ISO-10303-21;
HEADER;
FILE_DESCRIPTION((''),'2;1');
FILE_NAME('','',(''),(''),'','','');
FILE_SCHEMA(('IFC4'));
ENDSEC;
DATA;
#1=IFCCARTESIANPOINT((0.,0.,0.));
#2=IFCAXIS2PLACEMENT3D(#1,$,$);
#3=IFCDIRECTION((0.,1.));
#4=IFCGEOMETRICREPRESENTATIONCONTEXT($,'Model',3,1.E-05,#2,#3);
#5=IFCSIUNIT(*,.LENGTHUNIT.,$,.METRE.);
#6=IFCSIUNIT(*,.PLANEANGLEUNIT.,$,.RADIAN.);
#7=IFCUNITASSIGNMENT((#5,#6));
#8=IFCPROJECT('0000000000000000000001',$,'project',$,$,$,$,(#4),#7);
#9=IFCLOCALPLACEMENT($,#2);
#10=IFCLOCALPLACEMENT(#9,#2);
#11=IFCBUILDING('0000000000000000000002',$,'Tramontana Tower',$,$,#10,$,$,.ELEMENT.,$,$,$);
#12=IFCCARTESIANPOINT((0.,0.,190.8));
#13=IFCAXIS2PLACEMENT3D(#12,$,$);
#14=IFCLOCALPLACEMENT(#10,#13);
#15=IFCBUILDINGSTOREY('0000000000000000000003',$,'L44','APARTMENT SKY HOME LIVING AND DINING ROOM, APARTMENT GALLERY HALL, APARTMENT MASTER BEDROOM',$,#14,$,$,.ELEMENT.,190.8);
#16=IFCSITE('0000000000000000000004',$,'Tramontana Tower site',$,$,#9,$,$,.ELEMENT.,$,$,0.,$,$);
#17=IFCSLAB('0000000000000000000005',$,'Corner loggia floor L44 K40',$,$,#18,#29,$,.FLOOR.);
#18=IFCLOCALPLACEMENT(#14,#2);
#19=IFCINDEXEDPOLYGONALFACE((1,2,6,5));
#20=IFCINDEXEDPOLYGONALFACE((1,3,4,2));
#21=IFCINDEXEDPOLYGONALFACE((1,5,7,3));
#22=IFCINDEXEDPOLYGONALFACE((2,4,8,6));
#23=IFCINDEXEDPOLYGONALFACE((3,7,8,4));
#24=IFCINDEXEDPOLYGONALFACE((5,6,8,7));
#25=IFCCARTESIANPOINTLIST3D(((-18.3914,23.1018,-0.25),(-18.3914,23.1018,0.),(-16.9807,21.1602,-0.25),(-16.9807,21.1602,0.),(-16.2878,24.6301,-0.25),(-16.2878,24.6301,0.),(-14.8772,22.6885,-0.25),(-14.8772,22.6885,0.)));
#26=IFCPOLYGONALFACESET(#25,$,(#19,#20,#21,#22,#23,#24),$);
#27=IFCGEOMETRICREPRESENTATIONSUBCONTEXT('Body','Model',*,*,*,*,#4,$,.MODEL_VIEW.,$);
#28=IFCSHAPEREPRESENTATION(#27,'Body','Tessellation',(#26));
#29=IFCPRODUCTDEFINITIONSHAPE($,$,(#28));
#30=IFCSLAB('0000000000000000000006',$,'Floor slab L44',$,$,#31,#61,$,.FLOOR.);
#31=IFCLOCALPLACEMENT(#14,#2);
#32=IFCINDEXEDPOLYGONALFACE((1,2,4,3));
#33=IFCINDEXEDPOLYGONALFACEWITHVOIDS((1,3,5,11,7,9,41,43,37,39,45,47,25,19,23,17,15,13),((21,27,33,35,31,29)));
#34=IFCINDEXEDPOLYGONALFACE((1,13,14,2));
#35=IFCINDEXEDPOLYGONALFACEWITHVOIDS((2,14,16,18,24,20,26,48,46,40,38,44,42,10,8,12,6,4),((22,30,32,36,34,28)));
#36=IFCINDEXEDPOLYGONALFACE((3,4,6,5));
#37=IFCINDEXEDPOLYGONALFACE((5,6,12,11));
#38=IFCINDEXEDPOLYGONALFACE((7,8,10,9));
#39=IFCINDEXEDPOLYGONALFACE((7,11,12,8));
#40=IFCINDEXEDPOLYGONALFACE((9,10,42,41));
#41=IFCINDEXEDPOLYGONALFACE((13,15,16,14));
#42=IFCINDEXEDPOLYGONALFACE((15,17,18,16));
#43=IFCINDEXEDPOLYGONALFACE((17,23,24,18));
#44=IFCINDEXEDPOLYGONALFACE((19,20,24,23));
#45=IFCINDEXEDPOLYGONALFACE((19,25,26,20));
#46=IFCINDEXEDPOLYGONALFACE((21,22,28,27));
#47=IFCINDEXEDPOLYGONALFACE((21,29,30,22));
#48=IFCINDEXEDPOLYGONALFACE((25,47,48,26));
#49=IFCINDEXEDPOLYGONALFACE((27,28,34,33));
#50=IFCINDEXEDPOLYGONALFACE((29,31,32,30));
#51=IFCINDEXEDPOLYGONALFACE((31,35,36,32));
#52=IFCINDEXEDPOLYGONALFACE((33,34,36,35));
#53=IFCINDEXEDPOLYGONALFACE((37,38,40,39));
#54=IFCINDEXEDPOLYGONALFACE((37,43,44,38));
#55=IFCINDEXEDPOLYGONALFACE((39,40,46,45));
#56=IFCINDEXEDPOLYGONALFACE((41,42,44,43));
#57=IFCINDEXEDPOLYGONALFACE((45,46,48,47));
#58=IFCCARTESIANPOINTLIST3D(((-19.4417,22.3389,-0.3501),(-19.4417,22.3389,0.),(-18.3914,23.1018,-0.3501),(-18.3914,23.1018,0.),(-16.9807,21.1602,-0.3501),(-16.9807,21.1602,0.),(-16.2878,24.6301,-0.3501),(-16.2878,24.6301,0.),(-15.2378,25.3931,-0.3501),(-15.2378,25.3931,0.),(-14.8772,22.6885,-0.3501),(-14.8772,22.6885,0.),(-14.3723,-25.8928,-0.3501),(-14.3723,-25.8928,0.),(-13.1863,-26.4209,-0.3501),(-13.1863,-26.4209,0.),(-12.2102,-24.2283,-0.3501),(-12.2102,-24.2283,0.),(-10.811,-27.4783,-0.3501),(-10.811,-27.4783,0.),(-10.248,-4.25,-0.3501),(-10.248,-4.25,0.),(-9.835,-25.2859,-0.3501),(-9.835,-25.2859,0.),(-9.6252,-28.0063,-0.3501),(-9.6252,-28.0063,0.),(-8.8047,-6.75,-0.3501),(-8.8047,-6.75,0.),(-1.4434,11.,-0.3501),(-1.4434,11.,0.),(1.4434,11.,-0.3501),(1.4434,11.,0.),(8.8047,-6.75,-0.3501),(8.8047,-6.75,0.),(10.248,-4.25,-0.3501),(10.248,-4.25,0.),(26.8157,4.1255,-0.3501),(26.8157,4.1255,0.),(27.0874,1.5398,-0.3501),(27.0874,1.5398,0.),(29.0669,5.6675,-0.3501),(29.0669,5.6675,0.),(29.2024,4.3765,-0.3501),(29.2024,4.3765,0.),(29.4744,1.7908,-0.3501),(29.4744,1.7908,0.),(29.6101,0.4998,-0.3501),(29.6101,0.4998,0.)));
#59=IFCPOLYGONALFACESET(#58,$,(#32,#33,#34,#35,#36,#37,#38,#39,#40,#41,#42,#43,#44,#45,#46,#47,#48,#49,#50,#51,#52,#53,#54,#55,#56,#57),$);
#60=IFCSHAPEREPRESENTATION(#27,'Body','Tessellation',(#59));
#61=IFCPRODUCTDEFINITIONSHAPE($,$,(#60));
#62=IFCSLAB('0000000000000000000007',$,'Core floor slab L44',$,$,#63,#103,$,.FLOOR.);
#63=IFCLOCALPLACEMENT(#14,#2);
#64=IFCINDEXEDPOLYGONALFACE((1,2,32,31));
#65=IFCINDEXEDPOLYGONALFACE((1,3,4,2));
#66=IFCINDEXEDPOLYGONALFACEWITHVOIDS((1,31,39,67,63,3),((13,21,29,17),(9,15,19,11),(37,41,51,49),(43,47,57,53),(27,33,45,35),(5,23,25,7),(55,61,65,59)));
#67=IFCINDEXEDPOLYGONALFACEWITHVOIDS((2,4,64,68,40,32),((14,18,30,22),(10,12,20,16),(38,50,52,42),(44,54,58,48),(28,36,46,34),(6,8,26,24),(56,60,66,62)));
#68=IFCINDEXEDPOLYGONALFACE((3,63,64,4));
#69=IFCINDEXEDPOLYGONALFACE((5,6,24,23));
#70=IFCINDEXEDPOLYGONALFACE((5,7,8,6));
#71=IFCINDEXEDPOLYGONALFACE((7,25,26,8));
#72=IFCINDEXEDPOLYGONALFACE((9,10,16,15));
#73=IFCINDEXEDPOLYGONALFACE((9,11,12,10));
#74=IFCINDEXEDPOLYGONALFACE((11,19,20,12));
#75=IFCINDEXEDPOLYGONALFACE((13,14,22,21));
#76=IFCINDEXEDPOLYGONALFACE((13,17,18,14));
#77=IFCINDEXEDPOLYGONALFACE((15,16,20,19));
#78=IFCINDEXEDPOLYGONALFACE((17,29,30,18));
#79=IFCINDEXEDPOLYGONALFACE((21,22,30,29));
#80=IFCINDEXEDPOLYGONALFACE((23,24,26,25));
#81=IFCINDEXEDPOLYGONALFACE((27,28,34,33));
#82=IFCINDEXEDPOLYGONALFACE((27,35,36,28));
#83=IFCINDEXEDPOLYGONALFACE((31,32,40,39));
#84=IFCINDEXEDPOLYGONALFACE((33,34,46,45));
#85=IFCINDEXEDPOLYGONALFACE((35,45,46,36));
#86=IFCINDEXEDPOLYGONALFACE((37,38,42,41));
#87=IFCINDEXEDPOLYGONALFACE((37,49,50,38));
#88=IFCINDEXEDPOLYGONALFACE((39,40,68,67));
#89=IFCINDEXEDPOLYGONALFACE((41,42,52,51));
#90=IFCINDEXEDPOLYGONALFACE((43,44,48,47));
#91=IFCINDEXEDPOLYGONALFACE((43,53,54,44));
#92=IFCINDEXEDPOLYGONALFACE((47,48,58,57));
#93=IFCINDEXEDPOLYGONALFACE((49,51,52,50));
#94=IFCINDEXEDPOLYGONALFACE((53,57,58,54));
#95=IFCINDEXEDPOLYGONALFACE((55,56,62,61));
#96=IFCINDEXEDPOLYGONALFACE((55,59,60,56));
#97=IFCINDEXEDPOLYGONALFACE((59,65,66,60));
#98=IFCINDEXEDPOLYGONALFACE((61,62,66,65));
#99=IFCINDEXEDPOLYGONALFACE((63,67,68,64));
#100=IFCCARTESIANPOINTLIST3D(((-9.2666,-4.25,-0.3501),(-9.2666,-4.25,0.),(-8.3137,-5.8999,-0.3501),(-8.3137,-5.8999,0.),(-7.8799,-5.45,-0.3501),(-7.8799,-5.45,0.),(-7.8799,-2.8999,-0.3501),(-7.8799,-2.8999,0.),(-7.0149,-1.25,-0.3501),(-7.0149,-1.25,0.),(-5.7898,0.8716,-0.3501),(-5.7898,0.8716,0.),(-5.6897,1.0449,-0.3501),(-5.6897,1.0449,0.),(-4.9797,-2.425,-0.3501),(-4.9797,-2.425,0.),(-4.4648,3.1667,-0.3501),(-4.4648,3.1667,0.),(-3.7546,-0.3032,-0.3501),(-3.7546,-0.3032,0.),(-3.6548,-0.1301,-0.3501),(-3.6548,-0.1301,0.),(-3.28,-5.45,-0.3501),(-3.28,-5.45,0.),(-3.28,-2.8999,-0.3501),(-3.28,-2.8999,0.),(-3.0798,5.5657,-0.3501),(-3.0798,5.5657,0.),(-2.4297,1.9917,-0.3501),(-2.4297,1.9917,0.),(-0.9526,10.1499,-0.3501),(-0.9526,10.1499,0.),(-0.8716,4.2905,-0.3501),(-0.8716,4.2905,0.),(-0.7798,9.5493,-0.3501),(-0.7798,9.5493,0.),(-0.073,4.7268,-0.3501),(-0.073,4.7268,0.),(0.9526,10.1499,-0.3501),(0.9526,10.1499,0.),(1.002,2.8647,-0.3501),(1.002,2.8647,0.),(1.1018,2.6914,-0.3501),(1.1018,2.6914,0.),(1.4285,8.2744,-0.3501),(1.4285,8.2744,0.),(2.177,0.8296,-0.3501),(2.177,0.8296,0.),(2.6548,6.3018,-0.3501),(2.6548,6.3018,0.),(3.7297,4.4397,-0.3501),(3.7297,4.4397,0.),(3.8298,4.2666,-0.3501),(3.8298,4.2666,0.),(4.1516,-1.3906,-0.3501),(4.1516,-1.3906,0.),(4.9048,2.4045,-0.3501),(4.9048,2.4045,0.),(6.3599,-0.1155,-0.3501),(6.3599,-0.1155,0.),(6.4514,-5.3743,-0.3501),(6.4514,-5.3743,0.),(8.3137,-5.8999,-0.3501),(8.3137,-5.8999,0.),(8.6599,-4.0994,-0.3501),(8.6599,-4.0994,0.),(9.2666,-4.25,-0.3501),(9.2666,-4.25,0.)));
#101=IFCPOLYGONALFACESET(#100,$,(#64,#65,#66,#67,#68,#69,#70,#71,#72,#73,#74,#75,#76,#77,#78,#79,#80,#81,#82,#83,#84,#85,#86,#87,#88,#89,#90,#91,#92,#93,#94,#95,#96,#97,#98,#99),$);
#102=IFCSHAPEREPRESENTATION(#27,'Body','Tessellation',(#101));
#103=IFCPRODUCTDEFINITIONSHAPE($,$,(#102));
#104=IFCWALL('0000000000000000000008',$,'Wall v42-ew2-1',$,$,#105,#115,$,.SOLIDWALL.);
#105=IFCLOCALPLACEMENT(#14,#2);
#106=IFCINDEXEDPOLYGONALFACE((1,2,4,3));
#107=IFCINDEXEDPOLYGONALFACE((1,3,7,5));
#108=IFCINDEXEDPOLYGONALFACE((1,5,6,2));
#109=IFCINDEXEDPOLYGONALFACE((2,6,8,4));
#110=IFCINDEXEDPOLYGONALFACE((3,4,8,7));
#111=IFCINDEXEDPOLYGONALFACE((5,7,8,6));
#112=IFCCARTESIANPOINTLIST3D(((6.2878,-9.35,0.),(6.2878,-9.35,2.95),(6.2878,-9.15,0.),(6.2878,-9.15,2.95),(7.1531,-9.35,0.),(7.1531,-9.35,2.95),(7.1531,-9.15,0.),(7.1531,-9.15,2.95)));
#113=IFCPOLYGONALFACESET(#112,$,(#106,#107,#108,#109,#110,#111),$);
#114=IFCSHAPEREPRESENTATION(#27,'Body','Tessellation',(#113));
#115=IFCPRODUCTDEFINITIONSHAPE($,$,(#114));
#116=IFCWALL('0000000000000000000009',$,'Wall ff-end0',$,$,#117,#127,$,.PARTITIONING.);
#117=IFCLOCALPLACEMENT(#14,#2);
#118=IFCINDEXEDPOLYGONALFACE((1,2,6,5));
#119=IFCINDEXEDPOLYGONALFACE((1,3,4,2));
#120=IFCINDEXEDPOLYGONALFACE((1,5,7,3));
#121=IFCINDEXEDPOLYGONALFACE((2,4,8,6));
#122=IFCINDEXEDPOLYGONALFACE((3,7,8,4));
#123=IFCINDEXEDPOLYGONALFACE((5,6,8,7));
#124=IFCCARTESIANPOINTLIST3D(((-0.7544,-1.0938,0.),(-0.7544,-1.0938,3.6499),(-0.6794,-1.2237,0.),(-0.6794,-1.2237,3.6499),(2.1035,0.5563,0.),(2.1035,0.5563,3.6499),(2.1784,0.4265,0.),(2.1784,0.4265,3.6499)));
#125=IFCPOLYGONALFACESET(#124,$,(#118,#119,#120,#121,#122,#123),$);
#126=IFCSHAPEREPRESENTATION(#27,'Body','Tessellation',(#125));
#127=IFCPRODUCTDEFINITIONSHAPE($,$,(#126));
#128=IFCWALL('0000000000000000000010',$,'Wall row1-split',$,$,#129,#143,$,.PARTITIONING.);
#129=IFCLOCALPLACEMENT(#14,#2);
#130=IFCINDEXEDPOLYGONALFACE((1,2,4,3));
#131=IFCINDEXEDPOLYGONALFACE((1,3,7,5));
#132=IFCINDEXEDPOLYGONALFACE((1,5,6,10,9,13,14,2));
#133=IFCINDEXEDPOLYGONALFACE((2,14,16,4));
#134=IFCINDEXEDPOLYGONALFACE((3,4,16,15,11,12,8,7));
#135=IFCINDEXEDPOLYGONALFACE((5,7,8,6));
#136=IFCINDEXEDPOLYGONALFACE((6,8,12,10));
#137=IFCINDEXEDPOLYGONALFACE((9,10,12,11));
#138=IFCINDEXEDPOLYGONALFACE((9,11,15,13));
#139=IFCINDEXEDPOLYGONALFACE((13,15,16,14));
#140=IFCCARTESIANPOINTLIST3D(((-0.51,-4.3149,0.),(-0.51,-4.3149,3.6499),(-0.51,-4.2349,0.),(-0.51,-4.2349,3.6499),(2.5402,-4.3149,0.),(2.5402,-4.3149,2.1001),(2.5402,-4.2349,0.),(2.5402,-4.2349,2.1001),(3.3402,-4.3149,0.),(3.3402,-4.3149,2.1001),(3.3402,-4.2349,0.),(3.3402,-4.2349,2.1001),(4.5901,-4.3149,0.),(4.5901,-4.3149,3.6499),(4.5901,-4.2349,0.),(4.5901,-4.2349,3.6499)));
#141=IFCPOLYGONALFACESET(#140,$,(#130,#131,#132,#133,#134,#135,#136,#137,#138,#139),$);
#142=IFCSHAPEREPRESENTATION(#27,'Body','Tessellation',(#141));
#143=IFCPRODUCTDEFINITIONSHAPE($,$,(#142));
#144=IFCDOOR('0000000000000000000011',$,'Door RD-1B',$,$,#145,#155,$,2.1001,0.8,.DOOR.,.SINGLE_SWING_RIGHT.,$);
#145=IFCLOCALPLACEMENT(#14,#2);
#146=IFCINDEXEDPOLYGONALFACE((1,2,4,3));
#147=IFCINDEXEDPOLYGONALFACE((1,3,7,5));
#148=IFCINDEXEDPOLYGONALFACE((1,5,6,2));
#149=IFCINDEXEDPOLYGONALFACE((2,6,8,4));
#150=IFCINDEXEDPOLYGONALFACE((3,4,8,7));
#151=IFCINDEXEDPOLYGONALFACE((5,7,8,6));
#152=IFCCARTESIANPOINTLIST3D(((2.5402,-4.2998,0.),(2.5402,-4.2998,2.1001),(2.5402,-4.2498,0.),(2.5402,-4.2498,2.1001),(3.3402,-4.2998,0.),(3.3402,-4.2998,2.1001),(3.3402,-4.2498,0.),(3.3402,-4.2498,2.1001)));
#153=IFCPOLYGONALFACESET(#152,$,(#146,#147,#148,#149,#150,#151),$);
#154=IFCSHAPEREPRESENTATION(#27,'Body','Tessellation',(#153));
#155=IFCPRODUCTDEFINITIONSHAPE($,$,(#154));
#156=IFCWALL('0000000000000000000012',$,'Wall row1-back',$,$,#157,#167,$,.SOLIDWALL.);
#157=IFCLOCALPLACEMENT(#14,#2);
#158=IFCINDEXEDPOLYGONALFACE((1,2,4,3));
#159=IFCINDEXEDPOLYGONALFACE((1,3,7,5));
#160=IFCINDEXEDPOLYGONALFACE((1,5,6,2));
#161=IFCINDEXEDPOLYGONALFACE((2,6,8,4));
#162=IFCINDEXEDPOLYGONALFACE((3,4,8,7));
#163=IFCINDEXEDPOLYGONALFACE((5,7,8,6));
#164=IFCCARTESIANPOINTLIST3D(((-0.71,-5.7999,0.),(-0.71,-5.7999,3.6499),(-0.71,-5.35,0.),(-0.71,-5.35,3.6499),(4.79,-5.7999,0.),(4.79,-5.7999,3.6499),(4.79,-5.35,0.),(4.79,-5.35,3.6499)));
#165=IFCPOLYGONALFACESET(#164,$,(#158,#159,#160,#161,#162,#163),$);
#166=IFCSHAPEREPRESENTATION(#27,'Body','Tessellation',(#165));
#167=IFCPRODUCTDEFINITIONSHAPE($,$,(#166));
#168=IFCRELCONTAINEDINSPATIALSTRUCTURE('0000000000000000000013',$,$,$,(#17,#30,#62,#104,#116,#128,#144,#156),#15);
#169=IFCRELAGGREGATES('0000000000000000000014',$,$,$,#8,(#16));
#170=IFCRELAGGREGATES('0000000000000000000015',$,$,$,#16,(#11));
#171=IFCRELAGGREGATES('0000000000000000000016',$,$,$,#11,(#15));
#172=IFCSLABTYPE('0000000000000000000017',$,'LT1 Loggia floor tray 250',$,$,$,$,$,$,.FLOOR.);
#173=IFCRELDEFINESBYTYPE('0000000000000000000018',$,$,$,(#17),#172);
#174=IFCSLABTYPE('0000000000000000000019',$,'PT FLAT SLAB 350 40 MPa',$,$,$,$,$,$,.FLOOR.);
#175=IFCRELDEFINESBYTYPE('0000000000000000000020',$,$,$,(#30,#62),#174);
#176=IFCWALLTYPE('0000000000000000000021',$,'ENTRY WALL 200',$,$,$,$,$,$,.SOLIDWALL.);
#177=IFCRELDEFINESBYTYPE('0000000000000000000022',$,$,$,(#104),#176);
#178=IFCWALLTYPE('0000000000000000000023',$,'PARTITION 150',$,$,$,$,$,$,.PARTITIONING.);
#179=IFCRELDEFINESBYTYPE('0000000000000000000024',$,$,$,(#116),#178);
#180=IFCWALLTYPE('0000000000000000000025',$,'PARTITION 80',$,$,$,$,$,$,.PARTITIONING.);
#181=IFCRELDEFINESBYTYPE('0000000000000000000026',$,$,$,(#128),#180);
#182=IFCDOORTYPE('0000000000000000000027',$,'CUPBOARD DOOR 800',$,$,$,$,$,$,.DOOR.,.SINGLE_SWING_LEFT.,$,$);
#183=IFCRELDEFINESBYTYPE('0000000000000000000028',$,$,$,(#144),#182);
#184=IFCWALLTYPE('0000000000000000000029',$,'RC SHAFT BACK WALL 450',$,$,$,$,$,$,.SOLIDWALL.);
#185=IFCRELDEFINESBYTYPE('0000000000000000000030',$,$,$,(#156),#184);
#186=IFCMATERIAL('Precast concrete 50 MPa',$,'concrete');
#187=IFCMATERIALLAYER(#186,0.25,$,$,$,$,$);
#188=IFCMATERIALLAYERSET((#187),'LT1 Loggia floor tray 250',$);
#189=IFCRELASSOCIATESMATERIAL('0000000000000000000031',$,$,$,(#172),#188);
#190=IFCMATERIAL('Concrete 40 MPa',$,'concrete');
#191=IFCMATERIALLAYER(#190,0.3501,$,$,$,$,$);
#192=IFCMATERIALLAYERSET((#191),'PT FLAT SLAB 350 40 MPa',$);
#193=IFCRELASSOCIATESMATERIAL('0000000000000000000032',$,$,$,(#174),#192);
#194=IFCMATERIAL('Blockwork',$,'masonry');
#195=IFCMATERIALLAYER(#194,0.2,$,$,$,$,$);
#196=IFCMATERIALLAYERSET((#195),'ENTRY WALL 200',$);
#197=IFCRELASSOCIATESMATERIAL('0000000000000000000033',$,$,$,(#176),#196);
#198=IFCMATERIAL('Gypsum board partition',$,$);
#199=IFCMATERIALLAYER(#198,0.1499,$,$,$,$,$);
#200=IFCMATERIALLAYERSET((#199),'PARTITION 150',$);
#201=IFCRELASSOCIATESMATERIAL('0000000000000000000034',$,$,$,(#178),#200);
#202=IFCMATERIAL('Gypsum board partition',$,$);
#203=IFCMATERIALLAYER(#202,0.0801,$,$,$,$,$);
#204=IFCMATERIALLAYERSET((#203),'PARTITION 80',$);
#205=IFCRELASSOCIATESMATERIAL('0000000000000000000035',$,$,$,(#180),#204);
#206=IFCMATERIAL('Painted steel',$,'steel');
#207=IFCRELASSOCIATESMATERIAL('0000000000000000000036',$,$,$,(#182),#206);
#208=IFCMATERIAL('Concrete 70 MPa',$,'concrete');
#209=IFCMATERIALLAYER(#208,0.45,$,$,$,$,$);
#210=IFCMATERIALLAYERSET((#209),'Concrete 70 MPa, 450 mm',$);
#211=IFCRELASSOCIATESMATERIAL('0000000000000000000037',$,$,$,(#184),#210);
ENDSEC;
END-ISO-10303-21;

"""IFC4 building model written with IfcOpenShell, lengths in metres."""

from ifc_helpers import new_model, si_unit, direction, frame, frame_2d, origin, place, context, subcontext, project, spatial, polyline, rectangle, outline, extrude, material, layer, layer_set, type_object, element, fill, save


model = new_model("IFC4")

# Units and contexts
model_context = context("Model", 3, precision=1e-05, world=origin(), true_north=direction((0.0, 1.0)))
body_context = subcontext(model_context, "Body", "Model", "MODEL_VIEW")
ifc_project = project(units=[si_unit("LENGTHUNIT", "METRE"), si_unit("PLANEANGLEUNIT", "RADIAN")], contexts=[model_context])

# Site, building, storey
site_placement = place(None, origin())
site = spatial("IfcSite", under=ifc_project, at=site_placement, Name="Tramontana Tower site", CompositionType="ELEMENT", RefElevation=0.0)
building_placement = place(site_placement, origin())
building = spatial("IfcBuilding", under=site, at=building_placement, Name="Tramontana Tower", CompositionType="ELEMENT")
storey_placement = place(building_placement, frame((0.0, 0.0, 190.8)))
storey = spatial("IfcBuildingStorey", under=building, at=storey_placement, Name="L44", Description="APARTMENT SKY HOME LIVING AND DINING ROOM, APARTMENT GALLERY HALL, APARTMENT MASTER BEDROOM", CompositionType="ELEMENT", Elevation=190.8)

# Slabs
ifc_material_1 = material(Name="Precast concrete 50 MPa", Category="concrete")
ifc_layer_1 = layer(ifc_material_1, 0.25)
ifc_layer_set_1 = layer_set([ifc_layer_1], Name="LT1 Loggia floor tray 250")
slab_type_1 = type_object("IfcSlabType", Name="LT1 Loggia floor tray 250", PredefinedType="FLOOR", material=ifc_layer_set_1)
slab_1_placement = place(storey_placement, frame((0.0, 0.0, -0.25)))
element("IfcSlab", 1, at=slab_1_placement, inside=storey, type_object=slab_type_1, Name="Corner loggia floor L44 K40", PredefinedType="FLOOR", context=body_context, shape_type="SweptSolid", body=[
    extrude(outline(polyline([(-16.2878, 24.6301), (-14.8772, 22.6885), (-16.9807, 21.1602), (-18.3914, 23.1018), (-16.2878, 24.6301)])), origin(), (0.0, 0.0, 1.0), 0.25),
])
ifc_material_2 = material(Name="Concrete 40 MPa", Category="concrete")
ifc_layer_2 = layer(ifc_material_2, 0.3501)
ifc_layer_set_2 = layer_set([ifc_layer_2], Name="PT FLAT SLAB 350 40 MPa")
slab_type_2 = type_object("IfcSlabType", Name="PT FLAT SLAB 350 40 MPa", PredefinedType="FLOOR", material=ifc_layer_set_2)
slab_2_placement = place(storey_placement, frame((0.0, 0.0, -0.3501)))
element("IfcSlab", 2, at=slab_2_placement, inside=storey, type_object=slab_type_2, Name="Floor slab L44", PredefinedType="FLOOR", context=body_context, shape_type="SweptSolid", body=[
    extrude(outline(polyline([(29.2024, 4.3765), (26.8157, 4.1255), (27.0874, 1.5398), (29.4744, 1.7908), (29.6101, 0.4998), (-9.6252, -28.0063), (-10.811, -27.4783), (-9.835, -25.2859), (-12.2102, -24.2283), (-13.1863, -26.4209), (-14.3723, -25.8928), (-19.4417, 22.3389), (-18.3914, 23.1018), (-16.9807, 21.1602), (-14.8772, 22.6885), (-16.2878, 24.6301), (-15.2378, 25.3931), (29.0669, 5.6675), (29.2024, 4.3765)]), holes=[polyline([(-10.248, -4.25), (-8.8047, -6.75), (8.8047, -6.75), (10.248, -4.25), (1.4434, 11.0), (-1.4434, 11.0), (-10.248, -4.25)])]), origin(), (0.0, 0.0, 1.0), 0.3501),
])
slab_3_placement = place(storey_placement, frame((0.0, 0.0, -0.3501)))
element("IfcSlab", 3, at=slab_3_placement, inside=storey, type_object=slab_type_2, Name="Core floor slab L44", PredefinedType="FLOOR", context=body_context, shape_type="SweptSolid", body=[
    extrude(outline(polyline([(9.2666, -4.25), (8.3137, -5.8999), (-8.3137, -5.8999), (-9.2666, -4.25), (-0.9526, 10.1499), (0.9526, 10.1499), (9.2666, -4.25)]), holes=[polyline([(8.6599, -4.0994), (6.3599, -0.1155), (4.1516, -1.3906), (6.4514, -5.3743), (8.6599, -4.0994)]), polyline([(3.8298, 4.2666), (1.1018, 2.6914), (2.177, 0.8296), (4.9048, 2.4045), (3.8298, 4.2666)]), polyline([(2.6548, 6.3018), (-0.073, 4.7268), (1.002, 2.8647), (3.7297, 4.4397), (2.6548, 6.3018)]), polyline([(-0.7798, 9.5493), (-3.0798, 5.5657), (-0.8716, 4.2905), (1.4285, 8.2744), (-0.7798, 9.5493)]), polyline([(-5.6897, 1.0449), (-3.6548, -0.1301), (-2.4297, 1.9917), (-4.4648, 3.1667), (-5.6897, 1.0449)]), polyline([(-3.28, -5.45), (-3.28, -2.8999), (-7.8799, -2.8999), (-7.8799, -5.45), (-3.28, -5.45)]), polyline([(-7.0149, -1.25), (-4.9797, -2.425), (-3.7546, -0.3032), (-5.7898, 0.8716), (-7.0149, -1.25)])]), origin(), (0.0, 0.0, 1.0), 0.3501),
])

# Wall
ifc_material_3 = material(Name="Blockwork", Category="masonry")
ifc_layer_3 = layer(ifc_material_3, 0.2)
ifc_layer_set_3 = layer_set([ifc_layer_3], Name="ENTRY WALL 200")
wall_type_1 = type_object("IfcWallType", Name="ENTRY WALL 200", PredefinedType="SOLIDWALL", material=ifc_layer_set_3)
wall_1_placement = place(storey_placement, frame((7.1531, -9.25, 0.0), z_axis=(0.0, 0.0, 1.0), x_axis=(-1.0, 0.0, 0.0)))
element("IfcWall", 4, at=wall_1_placement, inside=storey, type_object=wall_type_1, Name="Wall v42-ew2-1", PredefinedType="SOLIDWALL", context=body_context, shape_type="SweptSolid", body=[
    extrude(rectangle(XDim=0.8652, YDim=0.2, at=frame_2d((0.4326, 0.0))), origin(), (0.0, 0.0, 1.0), 2.95),
])

# Shared definitions
ifc_material_4 = material(Name="Gypsum board partition")
ifc_layer_4 = layer(ifc_material_4, 0.1499)
ifc_layer_set_4 = layer_set([ifc_layer_4], Name="PARTITION 150")
wall_type_2 = type_object("IfcWallType", Name="PARTITION 150", PredefinedType="PARTITIONING", material=ifc_layer_set_4)

# Wall
wall_2_placement = place(storey_placement, frame((-0.7168, -1.1587, 0.0), z_axis=(0.0, 0.0, 1.0), x_axis=(0.866008, 0.50003, 0.0)))
element("IfcWall", 5, at=wall_2_placement, inside=storey, type_object=wall_type_2, Name="Wall ff-end0", PredefinedType="PARTITIONING", context=body_context, shape_type="SweptSolid", body=[
    extrude(rectangle(XDim=3.3, YDim=0.1499, at=frame_2d((1.6499, 0.0))), origin(), (0.0, 0.0, 1.0), 3.6499),
])

# Wall, opening, door
ifc_material_5 = material(Name="Gypsum board partition")
ifc_layer_5 = layer(ifc_material_5, 0.0801)
ifc_layer_set_5 = layer_set([ifc_layer_5], Name="PARTITION 80")
wall_type_3 = type_object("IfcWallType", Name="PARTITION 80", PredefinedType="PARTITIONING", material=ifc_layer_set_5)
wall_3_placement = place(storey_placement, frame((4.5901, -4.2749, 0.0), z_axis=(0.0, 0.0, 1.0), x_axis=(-1.0, 0.0, 0.0)))
wall_3 = element("IfcWall", 6, at=wall_3_placement, inside=storey, type_object=wall_type_3, Name="Wall row1-split", PredefinedType="PARTITIONING", context=body_context, shape_type="SweptSolid", body=[
    extrude(rectangle(XDim=5.1001, YDim=0.0801, at=frame_2d((2.55, 0.0))), origin(), (0.0, 0.0, 1.0), 3.6499),
])
opening_1_placement = place(wall_3_placement, frame((1.25, 0.0, 0.0)))
opening_1 = element("IfcOpeningElement", 7, at=opening_1_placement, cuts=wall_3, PredefinedType="OPENING", context=body_context, shape_type="SweptSolid", body=[
    extrude(rectangle(XDim=0.8, YDim=2.1001, at=frame_2d((0.3999, 1.05))), frame((0.0, 0.05, 0.0), z_axis=(0.0, -1.0, 0.0), x_axis=(1.0, 0.0, 0.0)), (0.0, 0.0, 1.0), 0.1001),
])
ifc_material_6 = material(Name="Painted steel", Category="steel")
door_type_1 = type_object("IfcDoorType", Name="CUPBOARD DOOR 800", OperationType="SINGLE_SWING_LEFT", PredefinedType="DOOR", material=ifc_material_6)
door_1_placement = place(opening_1_placement, origin())
door_1 = element("IfcDoor", 8, at=door_1_placement, inside=storey, type_object=door_type_1, Name="Door RD-1B", OperationType="SINGLE_SWING_RIGHT", OverallHeight=2.1001, OverallWidth=0.8, PredefinedType="DOOR", context=body_context, shape_type="SweptSolid", body=[
    extrude(rectangle(XDim=0.8, YDim=2.1001, at=frame_2d((0.3999, 1.05))), frame((0.0, 0.0249, 0.0), z_axis=(0.0, -1.0, 0.0), x_axis=(1.0, 0.0, 0.0)), (0.0, 0.0, 1.0), 0.05),
])
fill(opening_1, door_1)

# Wall
ifc_material_7 = material(Name="Concrete 70 MPa", Category="concrete")
ifc_layer_6 = layer(ifc_material_7, 0.45)
ifc_layer_set_6 = layer_set([ifc_layer_6], Name="Concrete 70 MPa, 450 mm")
wall_type_4 = type_object("IfcWallType", Name="RC SHAFT BACK WALL 450", PredefinedType="SOLIDWALL", material=ifc_layer_set_6)
wall_4_placement = place(storey_placement, frame((-0.71, -5.575, 0.0), z_axis=(0.0, 0.0, 1.0), x_axis=(1.0, 0.0, 0.0)))
element("IfcWall", 9, at=wall_4_placement, inside=storey, type_object=wall_type_4, Name="Wall row1-back", PredefinedType="SOLIDWALL", context=body_context, shape_type="SweptSolid", body=[
    extrude(rectangle(XDim=5.5, YDim=0.45, at=frame_2d((2.75, 0.0))), origin(), (0.0, 0.0, 1.0), 3.6499),
])

save(model, "model.ifc")
